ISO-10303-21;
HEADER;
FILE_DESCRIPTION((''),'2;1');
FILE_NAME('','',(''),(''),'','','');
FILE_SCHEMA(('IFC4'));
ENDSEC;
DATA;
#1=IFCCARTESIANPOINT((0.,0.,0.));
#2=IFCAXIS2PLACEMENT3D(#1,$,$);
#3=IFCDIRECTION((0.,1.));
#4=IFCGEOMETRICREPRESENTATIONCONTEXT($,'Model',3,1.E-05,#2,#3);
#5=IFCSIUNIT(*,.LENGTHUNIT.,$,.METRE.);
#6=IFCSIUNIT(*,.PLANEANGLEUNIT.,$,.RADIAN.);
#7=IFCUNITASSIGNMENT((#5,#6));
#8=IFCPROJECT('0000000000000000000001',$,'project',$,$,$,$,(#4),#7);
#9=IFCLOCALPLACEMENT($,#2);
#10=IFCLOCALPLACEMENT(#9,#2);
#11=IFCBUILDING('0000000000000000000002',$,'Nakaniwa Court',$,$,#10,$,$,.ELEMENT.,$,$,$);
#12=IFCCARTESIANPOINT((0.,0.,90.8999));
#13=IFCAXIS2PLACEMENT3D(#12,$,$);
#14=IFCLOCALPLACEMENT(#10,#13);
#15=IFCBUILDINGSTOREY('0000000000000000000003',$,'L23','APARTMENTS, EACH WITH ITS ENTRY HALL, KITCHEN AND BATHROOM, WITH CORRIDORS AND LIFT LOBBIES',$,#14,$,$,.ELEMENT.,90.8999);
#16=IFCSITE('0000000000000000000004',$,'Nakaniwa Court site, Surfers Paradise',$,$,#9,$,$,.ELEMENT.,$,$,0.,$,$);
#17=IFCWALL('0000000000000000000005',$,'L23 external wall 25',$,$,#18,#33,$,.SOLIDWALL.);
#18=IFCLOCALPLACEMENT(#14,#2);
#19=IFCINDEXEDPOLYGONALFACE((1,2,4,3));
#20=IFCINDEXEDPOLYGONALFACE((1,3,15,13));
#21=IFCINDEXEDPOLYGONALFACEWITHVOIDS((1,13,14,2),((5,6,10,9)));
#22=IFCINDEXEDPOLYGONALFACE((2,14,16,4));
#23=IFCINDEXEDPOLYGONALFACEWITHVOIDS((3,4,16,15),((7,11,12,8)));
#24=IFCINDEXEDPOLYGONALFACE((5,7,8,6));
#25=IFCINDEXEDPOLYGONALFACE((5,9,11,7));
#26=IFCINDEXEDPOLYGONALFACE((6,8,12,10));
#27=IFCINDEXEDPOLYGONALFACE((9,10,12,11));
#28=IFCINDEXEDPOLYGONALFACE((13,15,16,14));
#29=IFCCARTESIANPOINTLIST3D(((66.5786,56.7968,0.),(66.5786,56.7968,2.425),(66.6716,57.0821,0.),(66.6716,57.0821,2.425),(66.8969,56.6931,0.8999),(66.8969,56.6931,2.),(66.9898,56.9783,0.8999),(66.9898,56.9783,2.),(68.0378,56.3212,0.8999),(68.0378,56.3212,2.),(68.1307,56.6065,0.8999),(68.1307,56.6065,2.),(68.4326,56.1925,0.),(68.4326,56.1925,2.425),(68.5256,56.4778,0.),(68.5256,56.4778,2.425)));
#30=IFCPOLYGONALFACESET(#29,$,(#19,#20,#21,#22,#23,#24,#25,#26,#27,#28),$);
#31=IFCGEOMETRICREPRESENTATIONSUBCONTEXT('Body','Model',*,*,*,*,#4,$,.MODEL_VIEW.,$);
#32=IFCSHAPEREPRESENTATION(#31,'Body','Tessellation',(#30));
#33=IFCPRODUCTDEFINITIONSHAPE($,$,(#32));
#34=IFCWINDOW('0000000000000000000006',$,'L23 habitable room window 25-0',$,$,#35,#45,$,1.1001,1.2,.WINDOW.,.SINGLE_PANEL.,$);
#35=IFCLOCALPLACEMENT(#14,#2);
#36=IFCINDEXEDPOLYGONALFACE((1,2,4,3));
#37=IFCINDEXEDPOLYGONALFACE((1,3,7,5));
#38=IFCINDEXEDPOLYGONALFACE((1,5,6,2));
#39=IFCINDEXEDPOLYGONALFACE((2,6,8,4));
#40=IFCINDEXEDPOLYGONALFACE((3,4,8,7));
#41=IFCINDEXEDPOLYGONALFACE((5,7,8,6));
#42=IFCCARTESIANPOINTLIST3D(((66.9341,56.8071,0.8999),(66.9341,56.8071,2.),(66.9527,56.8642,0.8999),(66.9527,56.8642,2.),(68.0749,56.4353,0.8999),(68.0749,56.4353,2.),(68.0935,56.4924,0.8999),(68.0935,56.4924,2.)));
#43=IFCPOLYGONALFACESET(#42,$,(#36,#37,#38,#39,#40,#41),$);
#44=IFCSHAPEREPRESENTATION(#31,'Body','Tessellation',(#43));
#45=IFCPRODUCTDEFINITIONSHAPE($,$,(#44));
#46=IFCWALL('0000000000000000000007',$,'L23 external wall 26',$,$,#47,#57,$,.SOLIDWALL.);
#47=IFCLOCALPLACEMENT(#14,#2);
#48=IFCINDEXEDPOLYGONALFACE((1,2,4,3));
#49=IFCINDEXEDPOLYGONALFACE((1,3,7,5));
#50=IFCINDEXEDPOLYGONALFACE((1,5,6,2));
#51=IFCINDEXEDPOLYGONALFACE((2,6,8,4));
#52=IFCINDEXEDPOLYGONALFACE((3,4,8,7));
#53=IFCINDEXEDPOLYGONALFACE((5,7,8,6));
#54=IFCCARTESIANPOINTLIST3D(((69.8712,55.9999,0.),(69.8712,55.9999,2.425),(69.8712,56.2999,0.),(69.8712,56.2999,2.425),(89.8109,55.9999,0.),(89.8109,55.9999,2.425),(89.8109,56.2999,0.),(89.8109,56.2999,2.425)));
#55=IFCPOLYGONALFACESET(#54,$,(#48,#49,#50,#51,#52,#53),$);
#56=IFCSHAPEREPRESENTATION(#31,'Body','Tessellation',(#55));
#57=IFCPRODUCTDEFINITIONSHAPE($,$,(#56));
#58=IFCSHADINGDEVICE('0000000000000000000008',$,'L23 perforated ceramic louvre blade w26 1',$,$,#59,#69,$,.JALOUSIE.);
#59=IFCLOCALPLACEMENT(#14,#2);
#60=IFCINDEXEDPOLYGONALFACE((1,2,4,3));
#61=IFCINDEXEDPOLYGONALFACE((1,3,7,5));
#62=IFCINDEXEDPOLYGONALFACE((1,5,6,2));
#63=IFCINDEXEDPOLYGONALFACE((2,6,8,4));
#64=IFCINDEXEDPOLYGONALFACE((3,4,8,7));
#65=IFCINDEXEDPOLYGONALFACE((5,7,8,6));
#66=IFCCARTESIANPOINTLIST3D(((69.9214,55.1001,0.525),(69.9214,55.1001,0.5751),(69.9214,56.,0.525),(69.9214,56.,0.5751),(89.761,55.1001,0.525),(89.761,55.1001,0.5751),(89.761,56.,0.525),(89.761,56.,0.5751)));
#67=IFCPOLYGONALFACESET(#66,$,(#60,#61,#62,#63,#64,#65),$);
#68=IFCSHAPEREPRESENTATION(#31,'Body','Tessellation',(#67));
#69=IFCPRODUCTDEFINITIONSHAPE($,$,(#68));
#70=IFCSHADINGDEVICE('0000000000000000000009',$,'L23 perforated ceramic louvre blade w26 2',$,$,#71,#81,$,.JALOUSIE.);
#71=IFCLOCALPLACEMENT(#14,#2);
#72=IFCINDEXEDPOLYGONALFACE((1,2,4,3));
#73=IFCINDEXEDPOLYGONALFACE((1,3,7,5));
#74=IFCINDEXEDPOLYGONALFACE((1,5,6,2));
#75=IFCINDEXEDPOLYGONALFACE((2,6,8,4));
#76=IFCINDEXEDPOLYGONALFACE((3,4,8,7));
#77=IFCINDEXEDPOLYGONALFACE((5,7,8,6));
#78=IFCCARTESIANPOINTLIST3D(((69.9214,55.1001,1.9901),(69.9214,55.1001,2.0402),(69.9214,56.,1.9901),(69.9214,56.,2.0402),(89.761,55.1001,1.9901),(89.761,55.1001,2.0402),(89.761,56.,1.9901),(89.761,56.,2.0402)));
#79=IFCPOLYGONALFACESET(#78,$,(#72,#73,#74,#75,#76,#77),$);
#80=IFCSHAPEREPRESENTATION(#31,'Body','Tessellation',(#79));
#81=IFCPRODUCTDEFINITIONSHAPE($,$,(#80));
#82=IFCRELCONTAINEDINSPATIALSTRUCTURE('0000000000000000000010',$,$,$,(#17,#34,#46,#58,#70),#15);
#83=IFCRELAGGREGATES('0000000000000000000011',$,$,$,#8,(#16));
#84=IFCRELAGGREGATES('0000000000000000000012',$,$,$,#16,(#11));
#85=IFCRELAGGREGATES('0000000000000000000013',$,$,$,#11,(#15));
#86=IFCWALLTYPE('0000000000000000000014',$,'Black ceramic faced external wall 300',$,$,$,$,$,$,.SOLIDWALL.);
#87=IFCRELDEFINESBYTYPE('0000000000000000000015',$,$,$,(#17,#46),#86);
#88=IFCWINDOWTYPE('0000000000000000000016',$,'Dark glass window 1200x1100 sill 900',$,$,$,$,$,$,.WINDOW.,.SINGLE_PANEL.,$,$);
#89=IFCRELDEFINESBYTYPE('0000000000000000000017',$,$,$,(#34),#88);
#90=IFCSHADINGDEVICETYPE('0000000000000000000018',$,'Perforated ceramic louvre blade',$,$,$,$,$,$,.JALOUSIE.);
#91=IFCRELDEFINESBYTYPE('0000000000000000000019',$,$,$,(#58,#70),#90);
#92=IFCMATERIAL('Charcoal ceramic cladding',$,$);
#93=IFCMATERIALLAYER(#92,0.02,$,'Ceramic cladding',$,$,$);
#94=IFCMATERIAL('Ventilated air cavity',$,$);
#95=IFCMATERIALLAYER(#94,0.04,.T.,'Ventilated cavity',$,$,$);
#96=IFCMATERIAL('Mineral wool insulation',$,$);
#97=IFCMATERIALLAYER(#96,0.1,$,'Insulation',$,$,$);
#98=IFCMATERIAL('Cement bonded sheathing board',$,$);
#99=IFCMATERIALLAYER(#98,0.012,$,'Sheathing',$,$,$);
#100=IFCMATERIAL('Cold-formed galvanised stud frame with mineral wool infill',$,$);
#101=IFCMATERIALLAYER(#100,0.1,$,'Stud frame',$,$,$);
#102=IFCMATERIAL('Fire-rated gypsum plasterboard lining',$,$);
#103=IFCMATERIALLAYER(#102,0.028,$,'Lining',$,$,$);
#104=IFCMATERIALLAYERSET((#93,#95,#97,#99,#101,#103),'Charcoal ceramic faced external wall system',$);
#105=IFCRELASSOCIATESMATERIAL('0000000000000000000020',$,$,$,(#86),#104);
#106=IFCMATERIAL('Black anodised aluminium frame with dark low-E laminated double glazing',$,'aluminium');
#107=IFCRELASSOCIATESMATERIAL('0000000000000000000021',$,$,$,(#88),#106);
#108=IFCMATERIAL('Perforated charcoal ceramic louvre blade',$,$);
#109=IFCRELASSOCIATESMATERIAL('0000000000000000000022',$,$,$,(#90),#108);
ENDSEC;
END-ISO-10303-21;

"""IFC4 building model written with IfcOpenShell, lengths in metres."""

from ifc_helpers import new_model, si_unit, direction, frame, frame_2d, origin, origin_2d, place, context, subcontext, project, spatial, rectangle, extrude, material, layer, layer_set, material_profile, profile_set, type_object, element, fill, save


model = new_model("IFC4")

# Units and contexts
model_context = context("Model", 3, precision=1e-05, world=origin(), true_north=direction((0.0, 1.0)))
body_context = subcontext(model_context, "Body", "Model", "MODEL_VIEW")
ifc_project = project(units=[si_unit("LENGTHUNIT", "METRE"), si_unit("PLANEANGLEUNIT", "RADIAN")], contexts=[model_context])

# Site, building, storey
site_placement = place(None, origin())
site = spatial("IfcSite", under=ifc_project, at=site_placement, Name="Nakaniwa Court site, Surfers Paradise", CompositionType="ELEMENT", RefElevation=0.0)
building_placement = place(site_placement, origin())
building = spatial("IfcBuilding", under=site, at=building_placement, Name="Nakaniwa Court", CompositionType="ELEMENT")
storey_placement = place(building_placement, frame((0.0, 0.0, 90.8999)))
storey = spatial("IfcBuildingStorey", under=building, at=storey_placement, Name="L23", Description="APARTMENTS, EACH WITH ITS ENTRY HALL, KITCHEN AND BATHROOM, WITH CORRIDORS AND LIFT LOBBIES", CompositionType="ELEMENT", Elevation=90.8999)

# Wall, opening, window
ifc_material_1 = material(Name="Charcoal ceramic cladding")
ifc_layer_1 = layer(ifc_material_1, 0.02, Name="Ceramic cladding")
ifc_material_2 = material(Name="Ventilated air cavity")
ifc_layer_2 = layer(ifc_material_2, 0.04, ventilated=True, Name="Ventilated cavity")
ifc_material_3 = material(Name="Mineral wool insulation")
ifc_layer_3 = layer(ifc_material_3, 0.1, Name="Insulation")
ifc_material_4 = material(Name="Cement bonded sheathing board")
ifc_layer_4 = layer(ifc_material_4, 0.012, Name="Sheathing")
ifc_material_5 = material(Name="Cold-formed galvanised stud frame with mineral wool infill")
ifc_layer_5 = layer(ifc_material_5, 0.1, Name="Stud frame")
ifc_material_6 = material(Name="Fire-rated gypsum plasterboard lining")
ifc_layer_6 = layer(ifc_material_6, 0.028, Name="Lining")
ifc_layer_set_1 = layer_set([ifc_layer_1, ifc_layer_2, ifc_layer_3, ifc_layer_4, ifc_layer_5, ifc_layer_6], Name="Charcoal ceramic faced external wall system")
wall_type_1 = type_object("IfcWallType", Name="Black ceramic faced external wall 300", PredefinedType="SOLIDWALL", material=ifc_layer_set_1)
ifc_material_7 = material(Name="Black anodised aluminium frame with dark low-E laminated double glazing", Category="aluminium")
window_type_1 = type_object("IfcWindowType", Name="Dark glass window 1200x1100 sill 900", PartitioningType="SINGLE_PANEL", PredefinedType="WINDOW", material=ifc_material_7)
wall_1_placement = place(storey_placement, frame((66.625, 56.9395, 0.0), z_axis=(0.0, 0.0, 1.0), x_axis=(0.950778, -0.309873, 0.0)))
wall_1 = element("IfcWall", 1, at=wall_1_placement, inside=storey, type_object=wall_type_1, Name="L23 external wall 25", PredefinedType="SOLIDWALL", context=body_context, shape_type="SweptSolid", body=[
    extrude(rectangle(XDim=1.95, YDim=0.3, at=frame_2d((0.9751, 0.0))), origin(), (0.0, 0.0, 1.0), 2.425),
])
opening_1_placement = place(wall_1_placement, frame((0.3347, 0.0, 0.8999)))
opening_1 = element("IfcOpeningElement", 2, at=opening_1_placement, cuts=wall_1, PredefinedType="OPENING", context=body_context, shape_type="SweptSolid", body=[
    extrude(rectangle(XDim=1.2, YDim=1.1001, at=frame_2d((0.6001, 0.55))), frame((0.0, 0.1599, 0.0), z_axis=(0.0, -1.0, 0.0), x_axis=(1.0, 0.0, 0.0)), (0.0, 0.0, 1.0), 0.3201),
])
window_1_placement = place(opening_1_placement, origin())
window_1 = element("IfcWindow", 3, at=window_1_placement, inside=storey, type_object=window_type_1, Name="L23 habitable room window 25-0", OverallHeight=1.1001, OverallWidth=1.2, PartitioningType="SINGLE_PANEL", PredefinedType="WINDOW", context=body_context, shape_type="SweptSolid", body=[
    extrude(rectangle(XDim=1.2, YDim=1.1001, at=frame_2d((0.6001, 0.55))), frame((0.0, 0.03, 0.0), z_axis=(0.0, -1.0, 0.0), x_axis=(1.0, 0.0, 0.0)), (0.0, 0.0, 1.0), 0.0601),
])
fill(opening_1, window_1)

# Wall
wall_2_placement = place(storey_placement, frame((69.8713, 56.1499, 0.0), z_axis=(0.0, 0.0, 1.0), x_axis=(1.0, 0.0, 0.0)))
element("IfcWall", 4, at=wall_2_placement, inside=storey, type_object=wall_type_1, Name="L23 external wall 26", PredefinedType="SOLIDWALL", context=body_context, shape_type="SweptSolid", body=[
    extrude(rectangle(XDim=19.9397, YDim=0.3, at=frame_2d((9.9697, 0.0))), origin(), (0.0, 0.0, 1.0), 2.425),
])

# Shading devices
ifc_material_8 = material(Name="Perforated charcoal ceramic louvre blade")
ifc_material_profile_1 = material_profile(ifc_material_8, rectangle(XDim=0.8999, YDim=0.05, at=origin_2d()), Name="Perforated ceramic louvre blade")
ifc_profile_set_1 = profile_set([ifc_material_profile_1], Name="Perforated charcoal ceramic louvre blade")
shading_device_type = type_object("IfcShadingDeviceType", Name="Perforated ceramic louvre blade", PredefinedType="JALOUSIE", material=ifc_profile_set_1)
for number, where, z_axis, x_axis, name in (
    (5, (69.9214, 55.55, 0.55), (1.0, 0.0, 0.0), (0.0, 1.0, 0.0), "L23 perforated ceramic louvre blade w26 1"),
    (6, (69.9214, 55.55, 2.0151), (1.0, 0.0, 0.0), (0.0, 1.0, 0.0), "L23 perforated ceramic louvre blade w26 2"),
):
    element("IfcShadingDevice", number, at=place(storey_placement, frame(where, z_axis=z_axis, x_axis=x_axis)), inside=storey, type_object=shading_device_type, Name=name, PredefinedType="JALOUSIE", context=body_context, shape_type="SweptSolid", body=[
        extrude(rectangle(XDim=0.8999, YDim=0.05, at=origin_2d()), origin(), (0.0, 0.0, 1.0), 19.8396),
    ])

save(model, "model.ifc")
